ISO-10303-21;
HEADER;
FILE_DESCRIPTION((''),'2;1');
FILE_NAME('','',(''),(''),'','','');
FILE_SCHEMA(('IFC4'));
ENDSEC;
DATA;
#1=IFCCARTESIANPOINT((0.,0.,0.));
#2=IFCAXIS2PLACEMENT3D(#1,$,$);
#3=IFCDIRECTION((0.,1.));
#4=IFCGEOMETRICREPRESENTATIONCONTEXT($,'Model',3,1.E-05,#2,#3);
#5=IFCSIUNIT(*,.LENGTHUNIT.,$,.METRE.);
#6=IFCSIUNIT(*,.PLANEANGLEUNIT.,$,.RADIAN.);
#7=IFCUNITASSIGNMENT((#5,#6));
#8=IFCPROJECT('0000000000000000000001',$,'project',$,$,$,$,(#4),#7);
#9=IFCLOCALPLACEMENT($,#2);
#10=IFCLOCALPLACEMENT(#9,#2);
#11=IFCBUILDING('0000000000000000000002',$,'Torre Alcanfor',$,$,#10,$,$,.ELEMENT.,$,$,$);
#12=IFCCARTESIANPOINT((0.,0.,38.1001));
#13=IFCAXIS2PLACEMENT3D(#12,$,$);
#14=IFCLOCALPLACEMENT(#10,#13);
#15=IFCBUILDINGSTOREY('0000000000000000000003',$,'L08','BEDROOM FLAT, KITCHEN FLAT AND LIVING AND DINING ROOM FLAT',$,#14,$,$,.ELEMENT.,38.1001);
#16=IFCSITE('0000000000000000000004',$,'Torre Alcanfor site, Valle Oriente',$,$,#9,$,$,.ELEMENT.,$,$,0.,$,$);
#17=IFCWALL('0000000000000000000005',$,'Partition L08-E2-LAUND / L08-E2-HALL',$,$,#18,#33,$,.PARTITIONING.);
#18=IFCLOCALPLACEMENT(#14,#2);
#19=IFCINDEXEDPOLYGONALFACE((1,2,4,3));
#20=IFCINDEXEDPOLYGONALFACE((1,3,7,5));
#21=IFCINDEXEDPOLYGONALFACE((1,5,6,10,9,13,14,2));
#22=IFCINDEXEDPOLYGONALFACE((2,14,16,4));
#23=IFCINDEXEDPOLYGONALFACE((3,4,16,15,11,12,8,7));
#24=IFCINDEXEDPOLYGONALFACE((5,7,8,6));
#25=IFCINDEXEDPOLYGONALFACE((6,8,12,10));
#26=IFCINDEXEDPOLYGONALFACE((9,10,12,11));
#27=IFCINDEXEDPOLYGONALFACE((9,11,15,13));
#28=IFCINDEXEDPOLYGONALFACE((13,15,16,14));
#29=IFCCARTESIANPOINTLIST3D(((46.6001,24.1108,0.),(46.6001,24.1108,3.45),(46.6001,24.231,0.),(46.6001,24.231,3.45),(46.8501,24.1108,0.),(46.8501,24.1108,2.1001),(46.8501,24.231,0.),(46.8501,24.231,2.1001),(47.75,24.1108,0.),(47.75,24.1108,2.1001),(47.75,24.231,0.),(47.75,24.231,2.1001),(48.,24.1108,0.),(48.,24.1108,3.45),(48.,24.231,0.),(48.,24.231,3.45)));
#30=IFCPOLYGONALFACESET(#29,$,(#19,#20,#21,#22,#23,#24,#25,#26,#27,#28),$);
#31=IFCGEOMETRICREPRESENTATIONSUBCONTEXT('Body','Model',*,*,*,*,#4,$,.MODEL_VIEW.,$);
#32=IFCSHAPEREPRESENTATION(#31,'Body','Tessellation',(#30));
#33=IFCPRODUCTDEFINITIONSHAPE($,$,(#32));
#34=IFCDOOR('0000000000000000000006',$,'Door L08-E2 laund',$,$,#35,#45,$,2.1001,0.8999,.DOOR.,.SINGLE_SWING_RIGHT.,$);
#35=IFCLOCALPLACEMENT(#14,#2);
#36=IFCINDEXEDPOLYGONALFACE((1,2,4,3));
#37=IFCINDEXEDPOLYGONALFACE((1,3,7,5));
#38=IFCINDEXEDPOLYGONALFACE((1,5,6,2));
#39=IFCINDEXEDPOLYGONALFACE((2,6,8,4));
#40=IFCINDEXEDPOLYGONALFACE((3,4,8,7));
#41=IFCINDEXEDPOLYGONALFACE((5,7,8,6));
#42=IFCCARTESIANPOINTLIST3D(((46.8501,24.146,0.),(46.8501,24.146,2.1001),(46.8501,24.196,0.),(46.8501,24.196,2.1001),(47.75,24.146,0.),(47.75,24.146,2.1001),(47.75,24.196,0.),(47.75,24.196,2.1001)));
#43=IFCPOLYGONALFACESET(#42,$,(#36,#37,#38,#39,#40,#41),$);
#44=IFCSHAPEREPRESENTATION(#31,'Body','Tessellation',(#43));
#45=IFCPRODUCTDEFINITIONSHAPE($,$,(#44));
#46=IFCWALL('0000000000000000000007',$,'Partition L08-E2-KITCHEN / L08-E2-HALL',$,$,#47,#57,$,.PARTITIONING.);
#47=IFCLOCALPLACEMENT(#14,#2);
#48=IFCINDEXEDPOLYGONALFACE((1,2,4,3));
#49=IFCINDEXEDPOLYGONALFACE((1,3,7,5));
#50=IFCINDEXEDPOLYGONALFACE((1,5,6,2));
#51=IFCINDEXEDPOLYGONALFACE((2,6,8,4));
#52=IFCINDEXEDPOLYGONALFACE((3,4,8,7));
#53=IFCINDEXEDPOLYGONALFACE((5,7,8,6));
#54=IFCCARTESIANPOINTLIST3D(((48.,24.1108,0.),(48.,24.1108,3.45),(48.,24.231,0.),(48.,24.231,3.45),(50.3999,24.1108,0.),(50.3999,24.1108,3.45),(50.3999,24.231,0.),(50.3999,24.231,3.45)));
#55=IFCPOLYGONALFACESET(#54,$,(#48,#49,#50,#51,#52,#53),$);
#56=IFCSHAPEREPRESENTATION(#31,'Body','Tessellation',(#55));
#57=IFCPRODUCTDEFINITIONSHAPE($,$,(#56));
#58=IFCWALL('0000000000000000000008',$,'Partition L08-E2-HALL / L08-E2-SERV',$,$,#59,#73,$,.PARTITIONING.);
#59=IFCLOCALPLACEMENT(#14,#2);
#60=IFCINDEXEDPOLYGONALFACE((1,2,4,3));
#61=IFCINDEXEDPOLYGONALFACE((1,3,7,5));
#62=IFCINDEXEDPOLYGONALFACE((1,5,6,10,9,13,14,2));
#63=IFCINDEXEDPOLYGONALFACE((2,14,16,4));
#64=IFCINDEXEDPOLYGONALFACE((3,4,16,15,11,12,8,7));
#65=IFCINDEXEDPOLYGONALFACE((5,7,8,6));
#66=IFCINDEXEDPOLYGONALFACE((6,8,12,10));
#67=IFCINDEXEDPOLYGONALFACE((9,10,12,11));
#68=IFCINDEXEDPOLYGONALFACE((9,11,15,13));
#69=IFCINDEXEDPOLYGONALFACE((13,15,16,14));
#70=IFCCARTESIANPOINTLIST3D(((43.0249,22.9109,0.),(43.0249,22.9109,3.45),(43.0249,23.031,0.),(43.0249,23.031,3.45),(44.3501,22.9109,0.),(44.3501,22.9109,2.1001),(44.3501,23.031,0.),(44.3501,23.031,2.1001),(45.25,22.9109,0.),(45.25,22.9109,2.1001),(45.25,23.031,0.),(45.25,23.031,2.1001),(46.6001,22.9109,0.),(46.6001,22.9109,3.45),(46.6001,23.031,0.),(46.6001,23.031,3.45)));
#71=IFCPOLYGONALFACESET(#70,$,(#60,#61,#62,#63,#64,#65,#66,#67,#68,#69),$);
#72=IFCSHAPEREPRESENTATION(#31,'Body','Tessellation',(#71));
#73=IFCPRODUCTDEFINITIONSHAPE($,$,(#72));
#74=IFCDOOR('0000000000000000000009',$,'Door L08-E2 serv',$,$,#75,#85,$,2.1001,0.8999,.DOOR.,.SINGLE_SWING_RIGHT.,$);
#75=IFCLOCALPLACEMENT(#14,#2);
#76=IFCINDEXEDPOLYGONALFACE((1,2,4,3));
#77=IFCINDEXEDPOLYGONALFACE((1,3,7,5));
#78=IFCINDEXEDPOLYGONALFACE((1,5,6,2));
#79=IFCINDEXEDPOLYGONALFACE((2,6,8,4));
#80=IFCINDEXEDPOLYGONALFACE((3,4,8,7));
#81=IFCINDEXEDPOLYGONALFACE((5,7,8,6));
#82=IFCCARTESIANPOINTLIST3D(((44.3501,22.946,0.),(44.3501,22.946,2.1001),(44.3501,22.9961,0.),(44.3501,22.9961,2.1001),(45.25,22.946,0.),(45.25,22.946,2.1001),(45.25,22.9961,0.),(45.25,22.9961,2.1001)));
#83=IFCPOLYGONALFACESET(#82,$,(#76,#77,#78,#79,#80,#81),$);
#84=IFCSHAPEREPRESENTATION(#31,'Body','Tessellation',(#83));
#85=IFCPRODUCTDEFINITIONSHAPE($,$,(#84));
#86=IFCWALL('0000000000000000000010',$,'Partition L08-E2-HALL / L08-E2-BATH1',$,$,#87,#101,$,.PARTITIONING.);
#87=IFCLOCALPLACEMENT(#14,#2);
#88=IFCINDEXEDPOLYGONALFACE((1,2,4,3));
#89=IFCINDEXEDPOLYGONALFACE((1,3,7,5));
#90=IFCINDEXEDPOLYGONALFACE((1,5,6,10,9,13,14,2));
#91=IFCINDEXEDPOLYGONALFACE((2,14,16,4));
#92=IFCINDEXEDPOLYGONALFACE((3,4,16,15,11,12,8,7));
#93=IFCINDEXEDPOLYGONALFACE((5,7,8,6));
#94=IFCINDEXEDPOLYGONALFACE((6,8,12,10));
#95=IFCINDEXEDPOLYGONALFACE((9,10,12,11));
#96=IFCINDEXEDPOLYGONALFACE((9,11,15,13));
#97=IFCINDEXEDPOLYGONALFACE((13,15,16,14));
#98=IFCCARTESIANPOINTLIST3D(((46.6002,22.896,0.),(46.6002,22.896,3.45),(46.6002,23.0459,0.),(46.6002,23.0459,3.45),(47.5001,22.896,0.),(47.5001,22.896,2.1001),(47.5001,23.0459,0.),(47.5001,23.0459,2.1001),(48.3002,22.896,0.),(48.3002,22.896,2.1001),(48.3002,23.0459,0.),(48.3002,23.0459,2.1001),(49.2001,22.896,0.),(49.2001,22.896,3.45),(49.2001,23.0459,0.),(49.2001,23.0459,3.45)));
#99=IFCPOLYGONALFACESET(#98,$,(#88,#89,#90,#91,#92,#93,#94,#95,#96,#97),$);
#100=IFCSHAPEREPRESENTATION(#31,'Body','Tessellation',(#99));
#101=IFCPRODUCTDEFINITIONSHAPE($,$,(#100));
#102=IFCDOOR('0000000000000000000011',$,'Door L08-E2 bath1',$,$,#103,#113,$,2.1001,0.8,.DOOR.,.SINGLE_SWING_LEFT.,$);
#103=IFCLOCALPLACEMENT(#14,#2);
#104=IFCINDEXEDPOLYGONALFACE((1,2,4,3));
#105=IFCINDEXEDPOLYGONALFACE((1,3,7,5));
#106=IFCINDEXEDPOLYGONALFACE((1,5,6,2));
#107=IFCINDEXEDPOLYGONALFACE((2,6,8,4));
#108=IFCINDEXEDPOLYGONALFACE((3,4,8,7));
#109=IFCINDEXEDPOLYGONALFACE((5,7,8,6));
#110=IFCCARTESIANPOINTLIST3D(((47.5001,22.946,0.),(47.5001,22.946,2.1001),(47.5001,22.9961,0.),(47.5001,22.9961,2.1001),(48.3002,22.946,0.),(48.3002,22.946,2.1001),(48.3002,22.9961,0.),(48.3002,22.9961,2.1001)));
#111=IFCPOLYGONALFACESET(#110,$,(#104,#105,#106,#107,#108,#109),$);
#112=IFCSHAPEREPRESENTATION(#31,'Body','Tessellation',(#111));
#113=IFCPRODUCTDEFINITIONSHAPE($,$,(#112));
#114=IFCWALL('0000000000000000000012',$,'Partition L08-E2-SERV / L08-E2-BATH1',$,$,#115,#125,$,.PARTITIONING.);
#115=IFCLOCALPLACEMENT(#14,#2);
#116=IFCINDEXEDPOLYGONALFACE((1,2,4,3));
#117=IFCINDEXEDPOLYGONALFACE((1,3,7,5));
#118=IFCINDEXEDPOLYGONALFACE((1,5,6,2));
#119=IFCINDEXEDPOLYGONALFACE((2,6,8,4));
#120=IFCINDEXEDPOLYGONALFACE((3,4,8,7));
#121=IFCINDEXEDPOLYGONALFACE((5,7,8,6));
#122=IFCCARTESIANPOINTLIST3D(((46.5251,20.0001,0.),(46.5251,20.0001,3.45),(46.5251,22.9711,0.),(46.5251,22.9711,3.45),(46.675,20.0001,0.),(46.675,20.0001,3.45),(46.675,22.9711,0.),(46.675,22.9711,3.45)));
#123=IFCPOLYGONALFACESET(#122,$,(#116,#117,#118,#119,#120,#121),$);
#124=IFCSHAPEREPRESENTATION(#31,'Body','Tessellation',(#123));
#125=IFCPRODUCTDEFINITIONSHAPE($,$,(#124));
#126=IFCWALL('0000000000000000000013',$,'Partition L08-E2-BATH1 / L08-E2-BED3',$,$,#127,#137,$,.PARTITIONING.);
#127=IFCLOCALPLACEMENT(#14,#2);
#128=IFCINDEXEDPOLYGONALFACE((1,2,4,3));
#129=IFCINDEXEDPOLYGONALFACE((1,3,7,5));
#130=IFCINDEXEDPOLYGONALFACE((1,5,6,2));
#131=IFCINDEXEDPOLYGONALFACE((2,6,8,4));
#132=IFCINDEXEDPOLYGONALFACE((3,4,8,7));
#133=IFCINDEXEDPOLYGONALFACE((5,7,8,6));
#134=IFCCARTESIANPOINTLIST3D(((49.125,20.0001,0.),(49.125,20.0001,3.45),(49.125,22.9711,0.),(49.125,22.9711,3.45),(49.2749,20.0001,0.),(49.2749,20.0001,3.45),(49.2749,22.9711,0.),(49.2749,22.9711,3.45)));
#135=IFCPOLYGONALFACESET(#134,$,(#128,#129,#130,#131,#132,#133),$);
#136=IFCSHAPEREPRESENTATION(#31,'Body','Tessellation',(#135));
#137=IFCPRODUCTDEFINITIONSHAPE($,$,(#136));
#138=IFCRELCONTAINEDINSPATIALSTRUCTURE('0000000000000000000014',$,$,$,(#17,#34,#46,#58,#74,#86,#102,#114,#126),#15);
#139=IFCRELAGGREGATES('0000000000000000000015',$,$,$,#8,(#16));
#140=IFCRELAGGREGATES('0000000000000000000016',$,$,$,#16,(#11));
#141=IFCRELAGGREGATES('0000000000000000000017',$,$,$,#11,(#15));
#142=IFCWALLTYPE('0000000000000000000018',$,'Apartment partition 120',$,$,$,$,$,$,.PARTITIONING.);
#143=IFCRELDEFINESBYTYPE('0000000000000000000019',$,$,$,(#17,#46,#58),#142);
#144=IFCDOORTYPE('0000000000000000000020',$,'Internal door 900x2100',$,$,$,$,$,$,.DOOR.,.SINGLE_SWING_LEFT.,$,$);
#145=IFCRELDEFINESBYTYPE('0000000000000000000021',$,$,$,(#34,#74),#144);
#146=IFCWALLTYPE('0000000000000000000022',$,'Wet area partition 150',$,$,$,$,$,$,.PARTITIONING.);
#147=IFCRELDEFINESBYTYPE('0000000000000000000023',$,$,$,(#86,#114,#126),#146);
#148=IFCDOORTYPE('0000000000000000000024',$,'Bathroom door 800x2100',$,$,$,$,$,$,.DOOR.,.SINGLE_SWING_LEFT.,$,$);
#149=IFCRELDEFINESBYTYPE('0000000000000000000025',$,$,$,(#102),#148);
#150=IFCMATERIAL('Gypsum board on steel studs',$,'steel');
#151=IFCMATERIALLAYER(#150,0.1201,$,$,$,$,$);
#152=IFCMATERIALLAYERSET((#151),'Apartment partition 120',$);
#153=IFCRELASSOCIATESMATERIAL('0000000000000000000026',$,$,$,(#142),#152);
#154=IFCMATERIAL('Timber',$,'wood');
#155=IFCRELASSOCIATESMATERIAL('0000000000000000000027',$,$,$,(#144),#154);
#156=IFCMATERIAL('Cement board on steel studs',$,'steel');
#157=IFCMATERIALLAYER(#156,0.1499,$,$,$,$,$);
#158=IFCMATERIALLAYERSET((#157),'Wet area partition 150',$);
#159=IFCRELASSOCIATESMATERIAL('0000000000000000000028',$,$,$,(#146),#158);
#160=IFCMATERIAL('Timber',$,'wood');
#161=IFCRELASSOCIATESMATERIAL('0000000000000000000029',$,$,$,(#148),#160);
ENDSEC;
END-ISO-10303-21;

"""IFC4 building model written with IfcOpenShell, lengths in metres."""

from ifc_helpers import new_model, si_unit, direction, frame, frame_2d, origin, place, context, subcontext, project, spatial, rectangle, extrude, material, layer, layer_set, type_object, element, fill, save


model = new_model("IFC4")

# Units and contexts
model_context = context("Model", 3, precision=1e-05, world=origin(), true_north=direction((0.0, 1.0)))
body_context = subcontext(model_context, "Body", "Model", "MODEL_VIEW")
ifc_project = project(units=[si_unit("LENGTHUNIT", "METRE"), si_unit("PLANEANGLEUNIT", "RADIAN")], contexts=[model_context])

# Site, building, storey
site_placement = place(None, origin())
site = spatial("IfcSite", under=ifc_project, at=site_placement, Name="Torre Alcanfor site, Valle Oriente", CompositionType="ELEMENT", RefElevation=0.0)
building_placement = place(site_placement, origin())
building = spatial("IfcBuilding", under=site, at=building_placement, Name="Torre Alcanfor", CompositionType="ELEMENT")
storey_placement = place(building_placement, frame((0.0, 0.0, 38.1001)))
storey = spatial("IfcBuildingStorey", under=building, at=storey_placement, Name="L08", Description="BEDROOM FLAT, KITCHEN FLAT AND LIVING AND DINING ROOM FLAT", CompositionType="ELEMENT", Elevation=38.1001)

# Wall, opening, door
ifc_material_1 = material(Name="Gypsum board on steel studs", Category="steel")
ifc_layer_1 = layer(ifc_material_1, 0.1201)
ifc_layer_set_1 = layer_set([ifc_layer_1], Name="Apartment partition 120")
wall_type_1 = type_object("IfcWallType", Name="Apartment partition 120", PredefinedType="PARTITIONING", material=ifc_layer_set_1)
wall_1_placement = place(storey_placement, frame((48.0, 24.1709, 0.0), z_axis=(0.0, 0.0, 1.0), x_axis=(-1.0, 0.0, 0.0)))
wall_1 = element("IfcWall", 1, at=wall_1_placement, inside=storey, type_object=wall_type_1, Name="Partition L08-E2-LAUND / L08-E2-HALL", PredefinedType="PARTITIONING", context=body_context, shape_type="SweptSolid", body=[
    extrude(rectangle(XDim=1.3999, YDim=0.1201, at=frame_2d((0.7, 0.0))), origin(), (0.0, 0.0, 1.0), 3.45),
])
opening_1_placement = place(wall_1_placement, frame((0.25, 0.0, 0.0)))
opening_1 = element("IfcOpeningElement", 2, at=opening_1_placement, cuts=wall_1, PredefinedType="OPENING", context=body_context, shape_type="SweptSolid", body=[
    extrude(rectangle(XDim=0.8999, YDim=2.1001, at=frame_2d((0.45, 1.05))), frame((0.0, 0.0701, 0.0), z_axis=(0.0, -1.0, 0.0), x_axis=(1.0, 0.0, 0.0)), (0.0, 0.0, 1.0), 0.1401),
])
ifc_material_2 = material(Name="Timber", Category="wood")
door_type_1 = type_object("IfcDoorType", Name="Internal door 900x2100", OperationType="SINGLE_SWING_LEFT", PredefinedType="DOOR", material=ifc_material_2)
door_1_placement = place(opening_1_placement, frame((0.8999, 0.0, 0.0), z_axis=(0.0, 0.0, 1.0), x_axis=(-1.0, 0.0, 0.0)))
door_1 = element("IfcDoor", 3, at=door_1_placement, inside=storey, type_object=door_type_1, Name="Door L08-E2 laund", OperationType="SINGLE_SWING_RIGHT", OverallHeight=2.1001, OverallWidth=0.8999, PredefinedType="DOOR", context=body_context, shape_type="SweptSolid", body=[
    extrude(rectangle(XDim=0.8999, YDim=2.1001, at=frame_2d((0.45, 1.05))), frame((0.0, 0.0251, 0.0), z_axis=(0.0, -1.0, 0.0), x_axis=(1.0, 0.0, 0.0)), (0.0, 0.0, 1.0), 0.05),
])
fill(opening_1, door_1)

# Wall
wall_2_placement = place(storey_placement, frame((50.3999, 24.1709, 0.0), z_axis=(0.0, 0.0, 1.0), x_axis=(-1.0, 0.0, 0.0)))
element("IfcWall", 4, at=wall_2_placement, inside=storey, type_object=wall_type_1, Name="Partition L08-E2-KITCHEN / L08-E2-HALL", PredefinedType="PARTITIONING", context=body_context, shape_type="SweptSolid", body=[
    extrude(rectangle(XDim=2.3999, YDim=0.1201, at=frame_2d((1.2, 0.0))), origin(), (0.0, 0.0, 1.0), 3.45),
])

# Walls, openings, doors
wall_3_placement = place(storey_placement, frame((46.6001, 22.9709, 0.0), z_axis=(0.0, 0.0, 1.0), x_axis=(-1.0, 0.0, 0.0)))
wall_3 = element("IfcWall", 5, at=wall_3_placement, inside=storey, type_object=wall_type_1, Name="Partition L08-E2-HALL / L08-E2-SERV", PredefinedType="PARTITIONING", context=body_context, shape_type="SweptSolid", body=[
    extrude(rectangle(XDim=3.5752, YDim=0.1201, at=frame_2d((1.7876, 0.0))), origin(), (0.0, 0.0, 1.0), 3.45),
])
opening_2_placement = place(wall_3_placement, frame((1.3501, 0.0, 0.0)))
opening_2 = element("IfcOpeningElement", 6, at=opening_2_placement, cuts=wall_3, PredefinedType="OPENING", context=body_context, shape_type="SweptSolid", body=[
    extrude(rectangle(XDim=0.8999, YDim=2.1001, at=frame_2d((0.45, 1.05))), frame((0.0, 0.0701, 0.0), z_axis=(0.0, -1.0, 0.0), x_axis=(1.0, 0.0, 0.0)), (0.0, 0.0, 1.0), 0.1401),
])
door_2_placement = place(opening_2_placement, origin())
door_2 = element("IfcDoor", 7, at=door_2_placement, inside=storey, type_object=door_type_1, Name="Door L08-E2 serv", OperationType="SINGLE_SWING_RIGHT", OverallHeight=2.1001, OverallWidth=0.8999, PredefinedType="DOOR", context=body_context, shape_type="SweptSolid", body=[
    extrude(rectangle(XDim=0.8999, YDim=2.1001, at=frame_2d((0.45, 1.05))), frame((0.0, 0.0249, 0.0), z_axis=(0.0, -1.0, 0.0), x_axis=(1.0, 0.0, 0.0)), (0.0, 0.0, 1.0), 0.05),
])
fill(opening_2, door_2)
ifc_material_3 = material(Name="Cement board on steel studs", Category="steel")
ifc_layer_2 = layer(ifc_material_3, 0.1499)
ifc_layer_set_2 = layer_set([ifc_layer_2], Name="Wet area partition 150")
wall_type_2 = type_object("IfcWallType", Name="Wet area partition 150", PredefinedType="PARTITIONING", material=ifc_layer_set_2)
wall_4_placement = place(storey_placement, frame((49.2, 22.9709, 0.0), z_axis=(0.0, 0.0, 1.0), x_axis=(-1.0, 0.0, 0.0)))
wall_4 = element("IfcWall", 8, at=wall_4_placement, inside=storey, type_object=wall_type_2, Name="Partition L08-E2-HALL / L08-E2-BATH1", PredefinedType="PARTITIONING", context=body_context, shape_type="SweptSolid", body=[
    extrude(rectangle(XDim=2.5999, YDim=0.1499, at=frame_2d((1.2998, 0.0))), origin(), (0.0, 0.0, 1.0), 3.45),
])
opening_3_placement = place(wall_4_placement, frame((0.8999, 0.0, 0.0)))
opening_3 = element("IfcOpeningElement", 9, at=opening_3_placement, cuts=wall_4, PredefinedType="OPENING", context=body_context, shape_type="SweptSolid", body=[
    extrude(rectangle(XDim=0.8, YDim=2.1001, at=frame_2d((0.3999, 1.05))), frame((0.0, 0.085, 0.0), z_axis=(0.0, -1.0, 0.0), x_axis=(1.0, 0.0, 0.0)), (0.0, 0.0, 1.0), 0.1699),
])
ifc_material_4 = material(Name="Timber", Category="wood")
door_type_2 = type_object("IfcDoorType", Name="Bathroom door 800x2100", OperationType="SINGLE_SWING_LEFT", PredefinedType="DOOR", material=ifc_material_4)
door_3_placement = place(opening_3_placement, origin())
door_3 = element("IfcDoor", 10, at=door_3_placement, inside=storey, type_object=door_type_2, Name="Door L08-E2 bath1", OperationType="SINGLE_SWING_LEFT", OverallHeight=2.1001, OverallWidth=0.8, PredefinedType="DOOR", context=body_context, shape_type="SweptSolid", body=[
    extrude(rectangle(XDim=0.8, YDim=2.1001, at=frame_2d((0.3999, 1.05))), frame((0.0, 0.0249, 0.0), z_axis=(0.0, -1.0, 0.0), x_axis=(1.0, 0.0, 0.0)), (0.0, 0.0, 1.0), 0.05),
])
fill(opening_3, door_3)

# Walls
for number, where, z_axis, x_axis, name in (
    (11, (46.6001, 22.9709, 0.0), (0.0, 0.0, 1.0), (0.0, -1.0, 0.0), "Partition L08-E2-SERV / L08-E2-BATH1"),
    (12, (49.2, 22.9709, 0.0), (0.0, 0.0, 1.0), (0.0, -1.0, 0.0), "Partition L08-E2-BATH1 / L08-E2-BED3"),
):
    element("IfcWall", number, at=place(storey_placement, frame(where, z_axis=z_axis, x_axis=x_axis)), inside=storey, type_object=wall_type_2, Name=name, PredefinedType="PARTITIONING", context=body_context, shape_type="SweptSolid", body=[
        extrude(rectangle(XDim=2.9709, YDim=0.1499, at=frame_2d((1.4854, 0.0))), origin(), (0.0, 0.0, 1.0), 3.45),
    ])

save(model, "model.ifc")
